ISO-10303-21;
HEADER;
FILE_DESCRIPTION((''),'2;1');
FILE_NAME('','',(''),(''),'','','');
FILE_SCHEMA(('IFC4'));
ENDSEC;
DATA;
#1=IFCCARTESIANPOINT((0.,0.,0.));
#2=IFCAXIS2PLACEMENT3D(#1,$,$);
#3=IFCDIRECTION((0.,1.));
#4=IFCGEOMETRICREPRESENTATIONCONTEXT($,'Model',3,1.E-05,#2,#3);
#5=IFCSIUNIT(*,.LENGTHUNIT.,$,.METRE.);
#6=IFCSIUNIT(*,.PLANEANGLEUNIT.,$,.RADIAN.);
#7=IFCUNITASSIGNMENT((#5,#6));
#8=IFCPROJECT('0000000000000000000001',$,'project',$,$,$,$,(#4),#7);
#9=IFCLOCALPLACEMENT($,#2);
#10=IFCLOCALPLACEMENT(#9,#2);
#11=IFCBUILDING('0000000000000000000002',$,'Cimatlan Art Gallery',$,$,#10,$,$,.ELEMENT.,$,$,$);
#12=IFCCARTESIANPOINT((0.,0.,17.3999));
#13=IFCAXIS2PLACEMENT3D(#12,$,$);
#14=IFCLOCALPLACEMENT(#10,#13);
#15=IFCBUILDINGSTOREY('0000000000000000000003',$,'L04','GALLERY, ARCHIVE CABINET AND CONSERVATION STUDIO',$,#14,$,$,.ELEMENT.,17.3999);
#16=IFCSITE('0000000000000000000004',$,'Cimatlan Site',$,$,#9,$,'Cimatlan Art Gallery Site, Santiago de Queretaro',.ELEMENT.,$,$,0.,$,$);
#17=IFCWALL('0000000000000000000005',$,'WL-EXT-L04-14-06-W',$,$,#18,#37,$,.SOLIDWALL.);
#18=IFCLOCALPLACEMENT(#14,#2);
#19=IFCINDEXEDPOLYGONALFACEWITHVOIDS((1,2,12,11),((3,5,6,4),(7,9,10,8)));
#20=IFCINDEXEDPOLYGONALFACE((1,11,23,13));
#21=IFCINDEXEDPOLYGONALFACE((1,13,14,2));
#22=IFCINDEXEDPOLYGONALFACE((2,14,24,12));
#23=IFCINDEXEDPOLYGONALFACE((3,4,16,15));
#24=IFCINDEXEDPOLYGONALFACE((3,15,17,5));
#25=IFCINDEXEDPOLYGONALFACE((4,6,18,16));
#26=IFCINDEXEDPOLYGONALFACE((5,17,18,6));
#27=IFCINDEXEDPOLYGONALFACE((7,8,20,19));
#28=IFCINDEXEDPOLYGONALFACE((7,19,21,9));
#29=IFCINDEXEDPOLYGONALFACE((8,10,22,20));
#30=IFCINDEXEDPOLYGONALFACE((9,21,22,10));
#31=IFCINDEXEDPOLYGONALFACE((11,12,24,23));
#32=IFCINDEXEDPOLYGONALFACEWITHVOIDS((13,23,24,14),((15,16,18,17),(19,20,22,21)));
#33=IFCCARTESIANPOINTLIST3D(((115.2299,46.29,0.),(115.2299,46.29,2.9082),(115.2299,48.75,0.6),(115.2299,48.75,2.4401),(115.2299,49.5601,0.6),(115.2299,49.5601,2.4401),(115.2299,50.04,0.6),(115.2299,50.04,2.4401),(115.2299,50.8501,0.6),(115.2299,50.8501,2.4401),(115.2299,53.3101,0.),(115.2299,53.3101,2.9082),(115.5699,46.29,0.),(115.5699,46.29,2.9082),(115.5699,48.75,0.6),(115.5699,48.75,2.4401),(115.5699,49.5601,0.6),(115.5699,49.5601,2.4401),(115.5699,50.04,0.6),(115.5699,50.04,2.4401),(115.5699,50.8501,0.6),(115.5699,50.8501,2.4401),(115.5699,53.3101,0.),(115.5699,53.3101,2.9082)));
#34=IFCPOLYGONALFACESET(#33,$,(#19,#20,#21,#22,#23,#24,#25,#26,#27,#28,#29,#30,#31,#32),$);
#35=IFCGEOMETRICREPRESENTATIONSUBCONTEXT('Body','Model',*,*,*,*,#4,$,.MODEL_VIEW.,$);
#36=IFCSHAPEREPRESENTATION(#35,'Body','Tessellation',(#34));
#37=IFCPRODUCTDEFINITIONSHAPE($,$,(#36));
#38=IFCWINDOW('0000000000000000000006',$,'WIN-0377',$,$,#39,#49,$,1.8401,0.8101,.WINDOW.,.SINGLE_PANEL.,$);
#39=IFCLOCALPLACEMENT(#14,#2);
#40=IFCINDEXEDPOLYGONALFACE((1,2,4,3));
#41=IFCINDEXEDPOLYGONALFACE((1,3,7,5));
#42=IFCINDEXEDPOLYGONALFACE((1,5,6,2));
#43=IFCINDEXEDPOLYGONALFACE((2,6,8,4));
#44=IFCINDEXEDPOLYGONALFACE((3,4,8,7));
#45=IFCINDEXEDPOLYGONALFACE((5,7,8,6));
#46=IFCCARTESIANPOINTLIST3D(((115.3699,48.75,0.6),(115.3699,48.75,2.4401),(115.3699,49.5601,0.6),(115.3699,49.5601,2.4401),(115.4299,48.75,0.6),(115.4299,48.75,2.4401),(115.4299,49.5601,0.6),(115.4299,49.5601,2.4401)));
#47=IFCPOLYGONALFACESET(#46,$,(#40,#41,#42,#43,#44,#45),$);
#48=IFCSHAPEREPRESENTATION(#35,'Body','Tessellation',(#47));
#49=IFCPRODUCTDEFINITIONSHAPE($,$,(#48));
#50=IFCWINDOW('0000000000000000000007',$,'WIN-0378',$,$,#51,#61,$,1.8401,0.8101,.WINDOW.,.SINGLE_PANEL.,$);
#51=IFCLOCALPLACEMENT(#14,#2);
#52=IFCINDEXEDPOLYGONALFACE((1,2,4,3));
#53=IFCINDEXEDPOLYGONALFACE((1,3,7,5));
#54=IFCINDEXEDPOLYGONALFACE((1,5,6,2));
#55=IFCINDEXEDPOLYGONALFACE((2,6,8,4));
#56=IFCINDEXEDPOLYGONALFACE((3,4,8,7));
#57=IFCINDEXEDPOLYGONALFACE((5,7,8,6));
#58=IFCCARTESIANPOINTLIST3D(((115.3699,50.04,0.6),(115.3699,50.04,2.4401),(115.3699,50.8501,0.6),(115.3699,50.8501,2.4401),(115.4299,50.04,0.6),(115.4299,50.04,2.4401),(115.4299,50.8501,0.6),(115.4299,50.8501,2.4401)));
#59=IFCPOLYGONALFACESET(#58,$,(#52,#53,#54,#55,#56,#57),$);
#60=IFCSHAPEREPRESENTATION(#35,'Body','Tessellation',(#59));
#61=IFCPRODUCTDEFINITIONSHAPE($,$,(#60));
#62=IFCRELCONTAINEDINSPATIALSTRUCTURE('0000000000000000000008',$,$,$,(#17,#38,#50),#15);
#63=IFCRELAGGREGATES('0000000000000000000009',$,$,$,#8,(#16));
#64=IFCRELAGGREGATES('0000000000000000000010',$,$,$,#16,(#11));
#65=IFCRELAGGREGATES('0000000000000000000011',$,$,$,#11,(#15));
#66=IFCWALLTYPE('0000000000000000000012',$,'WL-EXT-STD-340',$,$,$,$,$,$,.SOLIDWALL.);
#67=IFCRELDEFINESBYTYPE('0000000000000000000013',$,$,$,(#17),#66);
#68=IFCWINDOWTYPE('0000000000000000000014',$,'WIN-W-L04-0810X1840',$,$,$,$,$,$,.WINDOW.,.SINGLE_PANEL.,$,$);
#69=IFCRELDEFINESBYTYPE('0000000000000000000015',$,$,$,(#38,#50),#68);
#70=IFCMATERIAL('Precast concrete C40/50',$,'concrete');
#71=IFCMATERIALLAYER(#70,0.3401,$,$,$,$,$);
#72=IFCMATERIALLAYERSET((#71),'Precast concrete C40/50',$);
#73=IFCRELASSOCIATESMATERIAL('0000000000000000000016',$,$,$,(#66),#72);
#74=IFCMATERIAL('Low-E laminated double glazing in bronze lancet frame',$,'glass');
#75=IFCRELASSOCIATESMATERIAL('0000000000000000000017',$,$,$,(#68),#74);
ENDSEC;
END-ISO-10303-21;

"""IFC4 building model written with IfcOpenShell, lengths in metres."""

from ifc_helpers import new_model, si_unit, direction, frame, frame_2d, origin, place, context, subcontext, project, spatial, rectangle, extrude, material, layer, layer_set, type_object, element, fill, save


model = new_model("IFC4")

# Units and contexts
model_context = context("Model", 3, precision=1e-05, world=origin(), true_north=direction((0.0, 1.0)))
body_context = subcontext(model_context, "Body", "Model", "MODEL_VIEW")
ifc_project = project(units=[si_unit("LENGTHUNIT", "METRE"), si_unit("PLANEANGLEUNIT", "RADIAN")], contexts=[model_context])

# Site, building, storey
site_placement = place(None, origin())
site = spatial("IfcSite", under=ifc_project, at=site_placement, Name="Cimatlan Site", LongName="Cimatlan Art Gallery Site, Santiago de Queretaro", CompositionType="ELEMENT", RefElevation=0.0)
building_placement = place(site_placement, origin())
building = spatial("IfcBuilding", under=site, at=building_placement, Name="Cimatlan Art Gallery", CompositionType="ELEMENT")
storey_placement = place(building_placement, frame((0.0, 0.0, 17.3999)))
storey = spatial("IfcBuildingStorey", under=building, at=storey_placement, Name="L04", Description="GALLERY, ARCHIVE CABINET AND CONSERVATION STUDIO", CompositionType="ELEMENT", Elevation=17.3999)

# Wall, openings, windows
ifc_material_1 = material(Name="Precast concrete C40/50", Category="concrete")
ifc_layer_1 = layer(ifc_material_1, 0.3401)
ifc_layer_set_1 = layer_set([ifc_layer_1], Name="Precast concrete C40/50")
wall_type_1 = type_object("IfcWallType", Name="WL-EXT-STD-340", PredefinedType="SOLIDWALL", material=ifc_layer_set_1)
ifc_material_2 = material(Name="Low-E laminated double glazing in bronze lancet frame", Category="glass")
window_type = type_object("IfcWindowType", Name="WIN-W-L04-0810X1840", PartitioningType="SINGLE_PANEL", PredefinedType="WINDOW", material=ifc_material_2)
wall_1_placement = place(storey_placement, frame((115.3999, 46.29, 0.0), z_axis=(0.0, 0.0, 1.0), x_axis=(0.0, 1.0, 0.0)))
wall_1 = element("IfcWall", 1, at=wall_1_placement, inside=storey, type_object=wall_type_1, Name="WL-EXT-L04-14-06-W", PredefinedType="SOLIDWALL", context=body_context, shape_type="SweptSolid", body=[
    extrude(rectangle(XDim=7.02, YDim=0.3401, at=frame_2d((3.51, 0.0))), origin(), (0.0, 0.0, 1.0), 2.9082),
])
opening_1_placement = place(wall_1_placement, frame((2.46, 0.0, 0.6001)))
opening_1 = element("IfcOpeningElement", 2, at=opening_1_placement, cuts=wall_1, PredefinedType="OPENING", context=body_context, shape_type="SweptSolid", body=[
    extrude(rectangle(XDim=0.8101, YDim=1.8401, at=frame_2d((0.405, 0.9199))), frame((0.0, 0.1802, 0.0), z_axis=(0.0, -1.0, 0.0), x_axis=(1.0, 0.0, 0.0)), (0.0, 0.0, 1.0), 0.3601),
])
opening_2_placement = place(wall_1_placement, frame((3.75, 0.0, 0.6001)))
opening_2 = element("IfcOpeningElement", 3, at=opening_2_placement, cuts=wall_1, PredefinedType="OPENING", context=body_context, shape_type="SweptSolid", body=[
    extrude(rectangle(XDim=0.8101, YDim=1.8401, at=frame_2d((0.405, 0.9199))), frame((0.0, 0.1802, 0.0), z_axis=(0.0, -1.0, 0.0), x_axis=(1.0, 0.0, 0.0)), (0.0, 0.0, 1.0), 0.3601),
])
window_1_placement = place(opening_1_placement, origin())
window_1 = element("IfcWindow", 4, at=window_1_placement, inside=storey, type_object=window_type, Name="WIN-0377", OverallHeight=1.8401, OverallWidth=0.8101, PartitioningType="SINGLE_PANEL", PredefinedType="WINDOW", context=body_context, shape_type="SweptSolid", body=[
    extrude(rectangle(XDim=0.8101, YDim=1.8401, at=frame_2d((0.405, 0.9199))), frame((0.0, 0.03, 0.0), z_axis=(0.0, -1.0, 0.0), x_axis=(1.0, 0.0, 0.0)), (0.0, 0.0, 1.0), 0.0601),
])
fill(opening_1, window_1)
window_2_placement = place(opening_2_placement, origin())
window_2 = element("IfcWindow", 5, at=window_2_placement, inside=storey, type_object=window_type, Name="WIN-0378", OverallHeight=1.8401, OverallWidth=0.8101, PartitioningType="SINGLE_PANEL", PredefinedType="WINDOW", context=body_context, shape_type="SweptSolid", body=[
    extrude(rectangle(XDim=0.8101, YDim=1.8401, at=frame_2d((0.405, 0.9199))), frame((0.0, 0.03, 0.0), z_axis=(0.0, -1.0, 0.0), x_axis=(1.0, 0.0, 0.0)), (0.0, 0.0, 1.0), 0.0601),
])
fill(opening_2, window_2)

save(model, "model.ifc")
